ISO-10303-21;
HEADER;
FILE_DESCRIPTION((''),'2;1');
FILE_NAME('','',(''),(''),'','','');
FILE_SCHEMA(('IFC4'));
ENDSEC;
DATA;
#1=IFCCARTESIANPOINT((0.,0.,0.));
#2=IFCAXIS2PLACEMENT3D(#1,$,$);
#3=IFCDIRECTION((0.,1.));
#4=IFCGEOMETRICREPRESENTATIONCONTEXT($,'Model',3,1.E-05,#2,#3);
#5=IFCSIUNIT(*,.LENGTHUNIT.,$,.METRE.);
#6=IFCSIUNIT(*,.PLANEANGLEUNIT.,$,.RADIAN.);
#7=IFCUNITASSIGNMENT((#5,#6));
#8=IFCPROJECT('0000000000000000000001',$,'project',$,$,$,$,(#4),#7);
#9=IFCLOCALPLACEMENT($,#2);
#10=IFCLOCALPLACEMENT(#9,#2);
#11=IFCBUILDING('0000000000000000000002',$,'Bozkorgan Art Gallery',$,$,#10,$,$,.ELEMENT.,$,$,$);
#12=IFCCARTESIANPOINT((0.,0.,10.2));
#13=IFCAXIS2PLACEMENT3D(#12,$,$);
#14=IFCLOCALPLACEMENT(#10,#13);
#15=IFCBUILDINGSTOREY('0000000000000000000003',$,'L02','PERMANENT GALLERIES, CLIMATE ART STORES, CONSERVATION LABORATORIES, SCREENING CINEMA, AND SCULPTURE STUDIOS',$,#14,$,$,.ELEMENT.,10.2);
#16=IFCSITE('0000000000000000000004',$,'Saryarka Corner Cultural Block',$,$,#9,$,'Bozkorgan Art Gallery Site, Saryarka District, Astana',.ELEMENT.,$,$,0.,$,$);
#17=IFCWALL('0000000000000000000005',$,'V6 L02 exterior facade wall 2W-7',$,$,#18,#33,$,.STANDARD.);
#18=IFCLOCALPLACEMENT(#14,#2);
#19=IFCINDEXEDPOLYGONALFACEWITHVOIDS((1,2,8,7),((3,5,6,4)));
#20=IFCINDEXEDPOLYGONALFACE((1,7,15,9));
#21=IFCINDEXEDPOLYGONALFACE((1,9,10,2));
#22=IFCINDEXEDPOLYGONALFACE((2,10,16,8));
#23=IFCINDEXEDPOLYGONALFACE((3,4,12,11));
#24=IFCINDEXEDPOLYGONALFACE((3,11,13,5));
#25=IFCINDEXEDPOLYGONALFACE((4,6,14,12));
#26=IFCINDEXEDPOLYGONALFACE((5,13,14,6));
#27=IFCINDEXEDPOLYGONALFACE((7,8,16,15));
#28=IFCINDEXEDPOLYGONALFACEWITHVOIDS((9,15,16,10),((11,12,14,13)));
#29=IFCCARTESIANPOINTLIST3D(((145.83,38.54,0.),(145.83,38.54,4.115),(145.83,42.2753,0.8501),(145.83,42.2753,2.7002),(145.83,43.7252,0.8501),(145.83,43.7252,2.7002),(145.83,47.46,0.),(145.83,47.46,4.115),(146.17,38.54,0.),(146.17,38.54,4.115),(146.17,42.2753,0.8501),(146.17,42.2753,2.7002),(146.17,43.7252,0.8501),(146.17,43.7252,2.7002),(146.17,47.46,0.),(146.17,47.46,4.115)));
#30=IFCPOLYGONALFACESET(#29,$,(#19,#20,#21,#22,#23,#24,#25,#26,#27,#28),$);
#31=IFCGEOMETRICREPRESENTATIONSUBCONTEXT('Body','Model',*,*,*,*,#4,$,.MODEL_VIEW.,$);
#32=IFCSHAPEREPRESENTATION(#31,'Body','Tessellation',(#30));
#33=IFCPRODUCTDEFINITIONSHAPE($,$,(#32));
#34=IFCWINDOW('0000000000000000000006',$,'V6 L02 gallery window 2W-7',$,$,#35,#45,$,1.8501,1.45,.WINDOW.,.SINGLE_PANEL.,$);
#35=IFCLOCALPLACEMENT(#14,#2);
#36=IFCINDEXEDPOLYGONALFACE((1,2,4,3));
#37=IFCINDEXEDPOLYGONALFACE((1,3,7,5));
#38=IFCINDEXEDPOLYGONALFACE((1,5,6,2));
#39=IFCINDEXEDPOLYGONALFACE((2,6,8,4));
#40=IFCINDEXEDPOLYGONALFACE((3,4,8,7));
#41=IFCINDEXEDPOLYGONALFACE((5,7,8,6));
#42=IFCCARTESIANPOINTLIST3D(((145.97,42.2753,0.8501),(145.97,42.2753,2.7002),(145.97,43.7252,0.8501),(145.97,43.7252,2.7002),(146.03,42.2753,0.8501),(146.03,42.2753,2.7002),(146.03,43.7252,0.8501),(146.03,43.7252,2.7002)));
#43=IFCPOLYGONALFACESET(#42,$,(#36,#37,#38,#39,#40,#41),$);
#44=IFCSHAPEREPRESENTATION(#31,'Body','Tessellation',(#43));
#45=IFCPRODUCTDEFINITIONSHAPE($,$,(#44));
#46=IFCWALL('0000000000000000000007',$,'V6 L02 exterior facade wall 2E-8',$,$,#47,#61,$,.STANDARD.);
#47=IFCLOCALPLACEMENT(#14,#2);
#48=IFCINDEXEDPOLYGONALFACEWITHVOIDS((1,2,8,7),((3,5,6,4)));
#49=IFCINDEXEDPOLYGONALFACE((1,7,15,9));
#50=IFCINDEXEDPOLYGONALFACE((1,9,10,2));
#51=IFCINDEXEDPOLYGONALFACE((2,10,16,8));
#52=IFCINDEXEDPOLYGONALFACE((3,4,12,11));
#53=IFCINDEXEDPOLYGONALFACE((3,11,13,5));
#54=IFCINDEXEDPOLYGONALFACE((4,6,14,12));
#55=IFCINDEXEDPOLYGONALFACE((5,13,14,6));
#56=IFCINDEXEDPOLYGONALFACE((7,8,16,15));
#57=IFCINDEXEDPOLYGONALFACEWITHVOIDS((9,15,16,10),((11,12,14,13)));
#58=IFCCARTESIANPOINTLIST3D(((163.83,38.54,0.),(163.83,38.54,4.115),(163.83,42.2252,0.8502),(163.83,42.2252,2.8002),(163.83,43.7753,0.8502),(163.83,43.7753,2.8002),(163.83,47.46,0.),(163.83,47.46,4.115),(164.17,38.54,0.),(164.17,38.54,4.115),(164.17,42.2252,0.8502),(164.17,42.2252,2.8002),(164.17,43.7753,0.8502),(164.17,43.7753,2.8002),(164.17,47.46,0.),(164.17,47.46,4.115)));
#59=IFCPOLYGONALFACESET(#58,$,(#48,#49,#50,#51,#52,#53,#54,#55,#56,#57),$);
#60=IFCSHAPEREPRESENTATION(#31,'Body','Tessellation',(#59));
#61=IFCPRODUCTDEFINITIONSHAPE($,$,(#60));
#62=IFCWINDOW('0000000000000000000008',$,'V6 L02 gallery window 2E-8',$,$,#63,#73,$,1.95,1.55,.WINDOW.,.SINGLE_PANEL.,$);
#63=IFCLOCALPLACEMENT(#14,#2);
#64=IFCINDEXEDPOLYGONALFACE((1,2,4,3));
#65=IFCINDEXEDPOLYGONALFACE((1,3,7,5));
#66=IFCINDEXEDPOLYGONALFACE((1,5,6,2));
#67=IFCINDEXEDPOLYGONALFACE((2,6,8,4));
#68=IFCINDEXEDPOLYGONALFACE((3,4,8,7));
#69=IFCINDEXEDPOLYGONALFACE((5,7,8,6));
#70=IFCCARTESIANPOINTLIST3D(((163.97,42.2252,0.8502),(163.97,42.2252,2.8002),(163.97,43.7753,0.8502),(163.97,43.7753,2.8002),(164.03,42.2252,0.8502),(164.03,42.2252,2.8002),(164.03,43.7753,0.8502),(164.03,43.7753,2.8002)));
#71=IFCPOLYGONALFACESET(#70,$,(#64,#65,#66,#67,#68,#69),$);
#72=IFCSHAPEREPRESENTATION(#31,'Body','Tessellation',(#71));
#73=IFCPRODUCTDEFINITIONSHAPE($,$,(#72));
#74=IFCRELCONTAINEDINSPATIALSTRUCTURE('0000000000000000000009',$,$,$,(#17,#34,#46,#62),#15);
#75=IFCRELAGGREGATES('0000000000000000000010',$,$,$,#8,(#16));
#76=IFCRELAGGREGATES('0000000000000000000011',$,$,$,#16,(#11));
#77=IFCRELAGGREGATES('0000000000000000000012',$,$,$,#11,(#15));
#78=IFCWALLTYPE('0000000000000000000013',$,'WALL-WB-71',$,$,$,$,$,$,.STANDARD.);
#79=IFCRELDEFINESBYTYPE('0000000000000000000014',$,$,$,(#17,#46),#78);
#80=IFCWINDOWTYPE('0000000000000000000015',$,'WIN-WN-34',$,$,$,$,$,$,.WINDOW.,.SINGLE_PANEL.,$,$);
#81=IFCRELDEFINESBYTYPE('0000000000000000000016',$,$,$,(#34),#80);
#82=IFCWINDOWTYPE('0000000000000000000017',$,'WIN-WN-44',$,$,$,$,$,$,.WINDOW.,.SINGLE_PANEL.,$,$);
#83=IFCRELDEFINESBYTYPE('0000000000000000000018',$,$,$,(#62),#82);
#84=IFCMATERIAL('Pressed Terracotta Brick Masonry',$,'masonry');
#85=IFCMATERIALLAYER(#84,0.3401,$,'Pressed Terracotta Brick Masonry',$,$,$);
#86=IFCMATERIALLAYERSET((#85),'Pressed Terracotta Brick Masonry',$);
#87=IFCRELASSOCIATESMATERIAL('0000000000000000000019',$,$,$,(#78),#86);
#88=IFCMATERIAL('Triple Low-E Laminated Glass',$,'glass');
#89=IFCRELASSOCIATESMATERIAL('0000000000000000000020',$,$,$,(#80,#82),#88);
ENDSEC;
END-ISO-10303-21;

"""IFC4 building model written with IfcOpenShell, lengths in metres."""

from ifc_helpers import new_model, si_unit, direction, frame, frame_2d, origin, place, context, subcontext, project, spatial, rectangle, extrude, material, layer, layer_set, type_object, element, fill, save


model = new_model("IFC4")

# Units and contexts
model_context = context("Model", 3, precision=1e-05, world=origin(), true_north=direction((0.0, 1.0)))
body_context = subcontext(model_context, "Body", "Model", "MODEL_VIEW")
ifc_project = project(units=[si_unit("LENGTHUNIT", "METRE"), si_unit("PLANEANGLEUNIT", "RADIAN")], contexts=[model_context])

# Site, building, storey
site_placement = place(None, origin())
site = spatial("IfcSite", under=ifc_project, at=site_placement, Name="Saryarka Corner Cultural Block", LongName="Bozkorgan Art Gallery Site, Saryarka District, Astana", CompositionType="ELEMENT", RefElevation=0.0)
building_placement = place(site_placement, origin())
building = spatial("IfcBuilding", under=site, at=building_placement, Name="Bozkorgan Art Gallery", CompositionType="ELEMENT")
storey_placement = place(building_placement, frame((0.0, 0.0, 10.2)))
storey = spatial("IfcBuildingStorey", under=building, at=storey_placement, Name="L02", Description="PERMANENT GALLERIES, CLIMATE ART STORES, CONSERVATION LABORATORIES, SCREENING CINEMA, AND SCULPTURE STUDIOS", CompositionType="ELEMENT", Elevation=10.2)

# Walls, openings, windows
ifc_material_1 = material(Name="Pressed Terracotta Brick Masonry", Category="masonry")
ifc_layer_1 = layer(ifc_material_1, 0.3401, Name="Pressed Terracotta Brick Masonry")
ifc_layer_set_1 = layer_set([ifc_layer_1], Name="Pressed Terracotta Brick Masonry")
wall_type_1 = type_object("IfcWallType", Name="WALL-WB-71", PredefinedType="STANDARD", material=ifc_layer_set_1)
ifc_material_2 = material(Name="Triple Low-E Laminated Glass", Category="glass")
wall_1_placement = place(storey_placement, frame((146.0, 38.54, 0.0), z_axis=(0.0, 0.0, 1.0), x_axis=(0.0, 1.0, 0.0)))
wall_1 = element("IfcWall", 1, at=wall_1_placement, inside=storey, type_object=wall_type_1, Name="V6 L02 exterior facade wall 2W-7", PredefinedType="STANDARD", context=body_context, shape_type="SweptSolid", body=[
    extrude(rectangle(XDim=8.9199, YDim=0.3401, at=frame_2d((4.46, 0.0))), origin(), (0.0, 0.0, 1.0), 4.115),
])
opening_1_placement = place(wall_1_placement, frame((3.7351, 0.0, 0.8501)))
opening_1 = element("IfcOpeningElement", 2, at=opening_1_placement, cuts=wall_1, PredefinedType="OPENING", context=body_context, shape_type="SweptSolid", body=[
    extrude(rectangle(XDim=1.45, YDim=1.8501, at=frame_2d((0.7251, 0.925))), frame((0.0, 0.1802, 0.0), z_axis=(0.0, -1.0, 0.0), x_axis=(1.0, 0.0, 0.0)), (0.0, 0.0, 1.0), 0.3601),
])
window_type_1 = type_object("IfcWindowType", Name="WIN-WN-34", PartitioningType="SINGLE_PANEL", PredefinedType="WINDOW", material=ifc_material_2)
window_1_placement = place(opening_1_placement, origin())
window_1 = element("IfcWindow", 3, at=window_1_placement, inside=storey, type_object=window_type_1, Name="V6 L02 gallery window 2W-7", OverallHeight=1.8501, OverallWidth=1.45, PartitioningType="SINGLE_PANEL", PredefinedType="WINDOW", context=body_context, shape_type="SweptSolid", body=[
    extrude(rectangle(XDim=1.45, YDim=1.8501, at=frame_2d((0.7251, 0.925))), frame((0.0, 0.03, 0.0), z_axis=(0.0, -1.0, 0.0), x_axis=(1.0, 0.0, 0.0)), (0.0, 0.0, 1.0), 0.0601),
])
fill(opening_1, window_1)
wall_2_placement = place(storey_placement, frame((164.0, 38.54, 0.0), z_axis=(0.0, 0.0, 1.0), x_axis=(0.0, 1.0, 0.0)))
wall_2 = element("IfcWall", 4, at=wall_2_placement, inside=storey, type_object=wall_type_1, Name="V6 L02 exterior facade wall 2E-8", PredefinedType="STANDARD", context=body_context, shape_type="SweptSolid", body=[
    extrude(rectangle(XDim=8.9199, YDim=0.3401, at=frame_2d((4.46, 0.0))), origin(), (0.0, 0.0, 1.0), 4.115),
])
opening_2_placement = place(wall_2_placement, frame((5.2351, 0.0, 0.8501), z_axis=(0.0, 0.0, 1.0), x_axis=(-1.0, 0.0, 0.0)))
opening_2 = element("IfcOpeningElement", 5, at=opening_2_placement, cuts=wall_2, PredefinedType="OPENING", context=body_context, shape_type="SweptSolid", body=[
    extrude(rectangle(XDim=1.55, YDim=1.95, at=frame_2d((0.7749, 0.9751))), frame((0.0, 0.1802, 0.0), z_axis=(0.0, -1.0, 0.0), x_axis=(1.0, 0.0, 0.0)), (0.0, 0.0, 1.0), 0.3601),
])
window_type_2 = type_object("IfcWindowType", Name="WIN-WN-44", PartitioningType="SINGLE_PANEL", PredefinedType="WINDOW", material=ifc_material_2)
window_2_placement = place(opening_2_placement, origin())
window_2 = element("IfcWindow", 6, at=window_2_placement, inside=storey, type_object=window_type_2, Name="V6 L02 gallery window 2E-8", OverallHeight=1.95, OverallWidth=1.55, PartitioningType="SINGLE_PANEL", PredefinedType="WINDOW", context=body_context, shape_type="SweptSolid", body=[
    extrude(rectangle(XDim=1.55, YDim=1.95, at=frame_2d((0.7749, 0.9751))), frame((0.0, 0.03, 0.0), z_axis=(0.0, -1.0, 0.0), x_axis=(1.0, 0.0, 0.0)), (0.0, 0.0, 1.0), 0.0601),
])
fill(opening_2, window_2)

save(model, "model.ifc")
